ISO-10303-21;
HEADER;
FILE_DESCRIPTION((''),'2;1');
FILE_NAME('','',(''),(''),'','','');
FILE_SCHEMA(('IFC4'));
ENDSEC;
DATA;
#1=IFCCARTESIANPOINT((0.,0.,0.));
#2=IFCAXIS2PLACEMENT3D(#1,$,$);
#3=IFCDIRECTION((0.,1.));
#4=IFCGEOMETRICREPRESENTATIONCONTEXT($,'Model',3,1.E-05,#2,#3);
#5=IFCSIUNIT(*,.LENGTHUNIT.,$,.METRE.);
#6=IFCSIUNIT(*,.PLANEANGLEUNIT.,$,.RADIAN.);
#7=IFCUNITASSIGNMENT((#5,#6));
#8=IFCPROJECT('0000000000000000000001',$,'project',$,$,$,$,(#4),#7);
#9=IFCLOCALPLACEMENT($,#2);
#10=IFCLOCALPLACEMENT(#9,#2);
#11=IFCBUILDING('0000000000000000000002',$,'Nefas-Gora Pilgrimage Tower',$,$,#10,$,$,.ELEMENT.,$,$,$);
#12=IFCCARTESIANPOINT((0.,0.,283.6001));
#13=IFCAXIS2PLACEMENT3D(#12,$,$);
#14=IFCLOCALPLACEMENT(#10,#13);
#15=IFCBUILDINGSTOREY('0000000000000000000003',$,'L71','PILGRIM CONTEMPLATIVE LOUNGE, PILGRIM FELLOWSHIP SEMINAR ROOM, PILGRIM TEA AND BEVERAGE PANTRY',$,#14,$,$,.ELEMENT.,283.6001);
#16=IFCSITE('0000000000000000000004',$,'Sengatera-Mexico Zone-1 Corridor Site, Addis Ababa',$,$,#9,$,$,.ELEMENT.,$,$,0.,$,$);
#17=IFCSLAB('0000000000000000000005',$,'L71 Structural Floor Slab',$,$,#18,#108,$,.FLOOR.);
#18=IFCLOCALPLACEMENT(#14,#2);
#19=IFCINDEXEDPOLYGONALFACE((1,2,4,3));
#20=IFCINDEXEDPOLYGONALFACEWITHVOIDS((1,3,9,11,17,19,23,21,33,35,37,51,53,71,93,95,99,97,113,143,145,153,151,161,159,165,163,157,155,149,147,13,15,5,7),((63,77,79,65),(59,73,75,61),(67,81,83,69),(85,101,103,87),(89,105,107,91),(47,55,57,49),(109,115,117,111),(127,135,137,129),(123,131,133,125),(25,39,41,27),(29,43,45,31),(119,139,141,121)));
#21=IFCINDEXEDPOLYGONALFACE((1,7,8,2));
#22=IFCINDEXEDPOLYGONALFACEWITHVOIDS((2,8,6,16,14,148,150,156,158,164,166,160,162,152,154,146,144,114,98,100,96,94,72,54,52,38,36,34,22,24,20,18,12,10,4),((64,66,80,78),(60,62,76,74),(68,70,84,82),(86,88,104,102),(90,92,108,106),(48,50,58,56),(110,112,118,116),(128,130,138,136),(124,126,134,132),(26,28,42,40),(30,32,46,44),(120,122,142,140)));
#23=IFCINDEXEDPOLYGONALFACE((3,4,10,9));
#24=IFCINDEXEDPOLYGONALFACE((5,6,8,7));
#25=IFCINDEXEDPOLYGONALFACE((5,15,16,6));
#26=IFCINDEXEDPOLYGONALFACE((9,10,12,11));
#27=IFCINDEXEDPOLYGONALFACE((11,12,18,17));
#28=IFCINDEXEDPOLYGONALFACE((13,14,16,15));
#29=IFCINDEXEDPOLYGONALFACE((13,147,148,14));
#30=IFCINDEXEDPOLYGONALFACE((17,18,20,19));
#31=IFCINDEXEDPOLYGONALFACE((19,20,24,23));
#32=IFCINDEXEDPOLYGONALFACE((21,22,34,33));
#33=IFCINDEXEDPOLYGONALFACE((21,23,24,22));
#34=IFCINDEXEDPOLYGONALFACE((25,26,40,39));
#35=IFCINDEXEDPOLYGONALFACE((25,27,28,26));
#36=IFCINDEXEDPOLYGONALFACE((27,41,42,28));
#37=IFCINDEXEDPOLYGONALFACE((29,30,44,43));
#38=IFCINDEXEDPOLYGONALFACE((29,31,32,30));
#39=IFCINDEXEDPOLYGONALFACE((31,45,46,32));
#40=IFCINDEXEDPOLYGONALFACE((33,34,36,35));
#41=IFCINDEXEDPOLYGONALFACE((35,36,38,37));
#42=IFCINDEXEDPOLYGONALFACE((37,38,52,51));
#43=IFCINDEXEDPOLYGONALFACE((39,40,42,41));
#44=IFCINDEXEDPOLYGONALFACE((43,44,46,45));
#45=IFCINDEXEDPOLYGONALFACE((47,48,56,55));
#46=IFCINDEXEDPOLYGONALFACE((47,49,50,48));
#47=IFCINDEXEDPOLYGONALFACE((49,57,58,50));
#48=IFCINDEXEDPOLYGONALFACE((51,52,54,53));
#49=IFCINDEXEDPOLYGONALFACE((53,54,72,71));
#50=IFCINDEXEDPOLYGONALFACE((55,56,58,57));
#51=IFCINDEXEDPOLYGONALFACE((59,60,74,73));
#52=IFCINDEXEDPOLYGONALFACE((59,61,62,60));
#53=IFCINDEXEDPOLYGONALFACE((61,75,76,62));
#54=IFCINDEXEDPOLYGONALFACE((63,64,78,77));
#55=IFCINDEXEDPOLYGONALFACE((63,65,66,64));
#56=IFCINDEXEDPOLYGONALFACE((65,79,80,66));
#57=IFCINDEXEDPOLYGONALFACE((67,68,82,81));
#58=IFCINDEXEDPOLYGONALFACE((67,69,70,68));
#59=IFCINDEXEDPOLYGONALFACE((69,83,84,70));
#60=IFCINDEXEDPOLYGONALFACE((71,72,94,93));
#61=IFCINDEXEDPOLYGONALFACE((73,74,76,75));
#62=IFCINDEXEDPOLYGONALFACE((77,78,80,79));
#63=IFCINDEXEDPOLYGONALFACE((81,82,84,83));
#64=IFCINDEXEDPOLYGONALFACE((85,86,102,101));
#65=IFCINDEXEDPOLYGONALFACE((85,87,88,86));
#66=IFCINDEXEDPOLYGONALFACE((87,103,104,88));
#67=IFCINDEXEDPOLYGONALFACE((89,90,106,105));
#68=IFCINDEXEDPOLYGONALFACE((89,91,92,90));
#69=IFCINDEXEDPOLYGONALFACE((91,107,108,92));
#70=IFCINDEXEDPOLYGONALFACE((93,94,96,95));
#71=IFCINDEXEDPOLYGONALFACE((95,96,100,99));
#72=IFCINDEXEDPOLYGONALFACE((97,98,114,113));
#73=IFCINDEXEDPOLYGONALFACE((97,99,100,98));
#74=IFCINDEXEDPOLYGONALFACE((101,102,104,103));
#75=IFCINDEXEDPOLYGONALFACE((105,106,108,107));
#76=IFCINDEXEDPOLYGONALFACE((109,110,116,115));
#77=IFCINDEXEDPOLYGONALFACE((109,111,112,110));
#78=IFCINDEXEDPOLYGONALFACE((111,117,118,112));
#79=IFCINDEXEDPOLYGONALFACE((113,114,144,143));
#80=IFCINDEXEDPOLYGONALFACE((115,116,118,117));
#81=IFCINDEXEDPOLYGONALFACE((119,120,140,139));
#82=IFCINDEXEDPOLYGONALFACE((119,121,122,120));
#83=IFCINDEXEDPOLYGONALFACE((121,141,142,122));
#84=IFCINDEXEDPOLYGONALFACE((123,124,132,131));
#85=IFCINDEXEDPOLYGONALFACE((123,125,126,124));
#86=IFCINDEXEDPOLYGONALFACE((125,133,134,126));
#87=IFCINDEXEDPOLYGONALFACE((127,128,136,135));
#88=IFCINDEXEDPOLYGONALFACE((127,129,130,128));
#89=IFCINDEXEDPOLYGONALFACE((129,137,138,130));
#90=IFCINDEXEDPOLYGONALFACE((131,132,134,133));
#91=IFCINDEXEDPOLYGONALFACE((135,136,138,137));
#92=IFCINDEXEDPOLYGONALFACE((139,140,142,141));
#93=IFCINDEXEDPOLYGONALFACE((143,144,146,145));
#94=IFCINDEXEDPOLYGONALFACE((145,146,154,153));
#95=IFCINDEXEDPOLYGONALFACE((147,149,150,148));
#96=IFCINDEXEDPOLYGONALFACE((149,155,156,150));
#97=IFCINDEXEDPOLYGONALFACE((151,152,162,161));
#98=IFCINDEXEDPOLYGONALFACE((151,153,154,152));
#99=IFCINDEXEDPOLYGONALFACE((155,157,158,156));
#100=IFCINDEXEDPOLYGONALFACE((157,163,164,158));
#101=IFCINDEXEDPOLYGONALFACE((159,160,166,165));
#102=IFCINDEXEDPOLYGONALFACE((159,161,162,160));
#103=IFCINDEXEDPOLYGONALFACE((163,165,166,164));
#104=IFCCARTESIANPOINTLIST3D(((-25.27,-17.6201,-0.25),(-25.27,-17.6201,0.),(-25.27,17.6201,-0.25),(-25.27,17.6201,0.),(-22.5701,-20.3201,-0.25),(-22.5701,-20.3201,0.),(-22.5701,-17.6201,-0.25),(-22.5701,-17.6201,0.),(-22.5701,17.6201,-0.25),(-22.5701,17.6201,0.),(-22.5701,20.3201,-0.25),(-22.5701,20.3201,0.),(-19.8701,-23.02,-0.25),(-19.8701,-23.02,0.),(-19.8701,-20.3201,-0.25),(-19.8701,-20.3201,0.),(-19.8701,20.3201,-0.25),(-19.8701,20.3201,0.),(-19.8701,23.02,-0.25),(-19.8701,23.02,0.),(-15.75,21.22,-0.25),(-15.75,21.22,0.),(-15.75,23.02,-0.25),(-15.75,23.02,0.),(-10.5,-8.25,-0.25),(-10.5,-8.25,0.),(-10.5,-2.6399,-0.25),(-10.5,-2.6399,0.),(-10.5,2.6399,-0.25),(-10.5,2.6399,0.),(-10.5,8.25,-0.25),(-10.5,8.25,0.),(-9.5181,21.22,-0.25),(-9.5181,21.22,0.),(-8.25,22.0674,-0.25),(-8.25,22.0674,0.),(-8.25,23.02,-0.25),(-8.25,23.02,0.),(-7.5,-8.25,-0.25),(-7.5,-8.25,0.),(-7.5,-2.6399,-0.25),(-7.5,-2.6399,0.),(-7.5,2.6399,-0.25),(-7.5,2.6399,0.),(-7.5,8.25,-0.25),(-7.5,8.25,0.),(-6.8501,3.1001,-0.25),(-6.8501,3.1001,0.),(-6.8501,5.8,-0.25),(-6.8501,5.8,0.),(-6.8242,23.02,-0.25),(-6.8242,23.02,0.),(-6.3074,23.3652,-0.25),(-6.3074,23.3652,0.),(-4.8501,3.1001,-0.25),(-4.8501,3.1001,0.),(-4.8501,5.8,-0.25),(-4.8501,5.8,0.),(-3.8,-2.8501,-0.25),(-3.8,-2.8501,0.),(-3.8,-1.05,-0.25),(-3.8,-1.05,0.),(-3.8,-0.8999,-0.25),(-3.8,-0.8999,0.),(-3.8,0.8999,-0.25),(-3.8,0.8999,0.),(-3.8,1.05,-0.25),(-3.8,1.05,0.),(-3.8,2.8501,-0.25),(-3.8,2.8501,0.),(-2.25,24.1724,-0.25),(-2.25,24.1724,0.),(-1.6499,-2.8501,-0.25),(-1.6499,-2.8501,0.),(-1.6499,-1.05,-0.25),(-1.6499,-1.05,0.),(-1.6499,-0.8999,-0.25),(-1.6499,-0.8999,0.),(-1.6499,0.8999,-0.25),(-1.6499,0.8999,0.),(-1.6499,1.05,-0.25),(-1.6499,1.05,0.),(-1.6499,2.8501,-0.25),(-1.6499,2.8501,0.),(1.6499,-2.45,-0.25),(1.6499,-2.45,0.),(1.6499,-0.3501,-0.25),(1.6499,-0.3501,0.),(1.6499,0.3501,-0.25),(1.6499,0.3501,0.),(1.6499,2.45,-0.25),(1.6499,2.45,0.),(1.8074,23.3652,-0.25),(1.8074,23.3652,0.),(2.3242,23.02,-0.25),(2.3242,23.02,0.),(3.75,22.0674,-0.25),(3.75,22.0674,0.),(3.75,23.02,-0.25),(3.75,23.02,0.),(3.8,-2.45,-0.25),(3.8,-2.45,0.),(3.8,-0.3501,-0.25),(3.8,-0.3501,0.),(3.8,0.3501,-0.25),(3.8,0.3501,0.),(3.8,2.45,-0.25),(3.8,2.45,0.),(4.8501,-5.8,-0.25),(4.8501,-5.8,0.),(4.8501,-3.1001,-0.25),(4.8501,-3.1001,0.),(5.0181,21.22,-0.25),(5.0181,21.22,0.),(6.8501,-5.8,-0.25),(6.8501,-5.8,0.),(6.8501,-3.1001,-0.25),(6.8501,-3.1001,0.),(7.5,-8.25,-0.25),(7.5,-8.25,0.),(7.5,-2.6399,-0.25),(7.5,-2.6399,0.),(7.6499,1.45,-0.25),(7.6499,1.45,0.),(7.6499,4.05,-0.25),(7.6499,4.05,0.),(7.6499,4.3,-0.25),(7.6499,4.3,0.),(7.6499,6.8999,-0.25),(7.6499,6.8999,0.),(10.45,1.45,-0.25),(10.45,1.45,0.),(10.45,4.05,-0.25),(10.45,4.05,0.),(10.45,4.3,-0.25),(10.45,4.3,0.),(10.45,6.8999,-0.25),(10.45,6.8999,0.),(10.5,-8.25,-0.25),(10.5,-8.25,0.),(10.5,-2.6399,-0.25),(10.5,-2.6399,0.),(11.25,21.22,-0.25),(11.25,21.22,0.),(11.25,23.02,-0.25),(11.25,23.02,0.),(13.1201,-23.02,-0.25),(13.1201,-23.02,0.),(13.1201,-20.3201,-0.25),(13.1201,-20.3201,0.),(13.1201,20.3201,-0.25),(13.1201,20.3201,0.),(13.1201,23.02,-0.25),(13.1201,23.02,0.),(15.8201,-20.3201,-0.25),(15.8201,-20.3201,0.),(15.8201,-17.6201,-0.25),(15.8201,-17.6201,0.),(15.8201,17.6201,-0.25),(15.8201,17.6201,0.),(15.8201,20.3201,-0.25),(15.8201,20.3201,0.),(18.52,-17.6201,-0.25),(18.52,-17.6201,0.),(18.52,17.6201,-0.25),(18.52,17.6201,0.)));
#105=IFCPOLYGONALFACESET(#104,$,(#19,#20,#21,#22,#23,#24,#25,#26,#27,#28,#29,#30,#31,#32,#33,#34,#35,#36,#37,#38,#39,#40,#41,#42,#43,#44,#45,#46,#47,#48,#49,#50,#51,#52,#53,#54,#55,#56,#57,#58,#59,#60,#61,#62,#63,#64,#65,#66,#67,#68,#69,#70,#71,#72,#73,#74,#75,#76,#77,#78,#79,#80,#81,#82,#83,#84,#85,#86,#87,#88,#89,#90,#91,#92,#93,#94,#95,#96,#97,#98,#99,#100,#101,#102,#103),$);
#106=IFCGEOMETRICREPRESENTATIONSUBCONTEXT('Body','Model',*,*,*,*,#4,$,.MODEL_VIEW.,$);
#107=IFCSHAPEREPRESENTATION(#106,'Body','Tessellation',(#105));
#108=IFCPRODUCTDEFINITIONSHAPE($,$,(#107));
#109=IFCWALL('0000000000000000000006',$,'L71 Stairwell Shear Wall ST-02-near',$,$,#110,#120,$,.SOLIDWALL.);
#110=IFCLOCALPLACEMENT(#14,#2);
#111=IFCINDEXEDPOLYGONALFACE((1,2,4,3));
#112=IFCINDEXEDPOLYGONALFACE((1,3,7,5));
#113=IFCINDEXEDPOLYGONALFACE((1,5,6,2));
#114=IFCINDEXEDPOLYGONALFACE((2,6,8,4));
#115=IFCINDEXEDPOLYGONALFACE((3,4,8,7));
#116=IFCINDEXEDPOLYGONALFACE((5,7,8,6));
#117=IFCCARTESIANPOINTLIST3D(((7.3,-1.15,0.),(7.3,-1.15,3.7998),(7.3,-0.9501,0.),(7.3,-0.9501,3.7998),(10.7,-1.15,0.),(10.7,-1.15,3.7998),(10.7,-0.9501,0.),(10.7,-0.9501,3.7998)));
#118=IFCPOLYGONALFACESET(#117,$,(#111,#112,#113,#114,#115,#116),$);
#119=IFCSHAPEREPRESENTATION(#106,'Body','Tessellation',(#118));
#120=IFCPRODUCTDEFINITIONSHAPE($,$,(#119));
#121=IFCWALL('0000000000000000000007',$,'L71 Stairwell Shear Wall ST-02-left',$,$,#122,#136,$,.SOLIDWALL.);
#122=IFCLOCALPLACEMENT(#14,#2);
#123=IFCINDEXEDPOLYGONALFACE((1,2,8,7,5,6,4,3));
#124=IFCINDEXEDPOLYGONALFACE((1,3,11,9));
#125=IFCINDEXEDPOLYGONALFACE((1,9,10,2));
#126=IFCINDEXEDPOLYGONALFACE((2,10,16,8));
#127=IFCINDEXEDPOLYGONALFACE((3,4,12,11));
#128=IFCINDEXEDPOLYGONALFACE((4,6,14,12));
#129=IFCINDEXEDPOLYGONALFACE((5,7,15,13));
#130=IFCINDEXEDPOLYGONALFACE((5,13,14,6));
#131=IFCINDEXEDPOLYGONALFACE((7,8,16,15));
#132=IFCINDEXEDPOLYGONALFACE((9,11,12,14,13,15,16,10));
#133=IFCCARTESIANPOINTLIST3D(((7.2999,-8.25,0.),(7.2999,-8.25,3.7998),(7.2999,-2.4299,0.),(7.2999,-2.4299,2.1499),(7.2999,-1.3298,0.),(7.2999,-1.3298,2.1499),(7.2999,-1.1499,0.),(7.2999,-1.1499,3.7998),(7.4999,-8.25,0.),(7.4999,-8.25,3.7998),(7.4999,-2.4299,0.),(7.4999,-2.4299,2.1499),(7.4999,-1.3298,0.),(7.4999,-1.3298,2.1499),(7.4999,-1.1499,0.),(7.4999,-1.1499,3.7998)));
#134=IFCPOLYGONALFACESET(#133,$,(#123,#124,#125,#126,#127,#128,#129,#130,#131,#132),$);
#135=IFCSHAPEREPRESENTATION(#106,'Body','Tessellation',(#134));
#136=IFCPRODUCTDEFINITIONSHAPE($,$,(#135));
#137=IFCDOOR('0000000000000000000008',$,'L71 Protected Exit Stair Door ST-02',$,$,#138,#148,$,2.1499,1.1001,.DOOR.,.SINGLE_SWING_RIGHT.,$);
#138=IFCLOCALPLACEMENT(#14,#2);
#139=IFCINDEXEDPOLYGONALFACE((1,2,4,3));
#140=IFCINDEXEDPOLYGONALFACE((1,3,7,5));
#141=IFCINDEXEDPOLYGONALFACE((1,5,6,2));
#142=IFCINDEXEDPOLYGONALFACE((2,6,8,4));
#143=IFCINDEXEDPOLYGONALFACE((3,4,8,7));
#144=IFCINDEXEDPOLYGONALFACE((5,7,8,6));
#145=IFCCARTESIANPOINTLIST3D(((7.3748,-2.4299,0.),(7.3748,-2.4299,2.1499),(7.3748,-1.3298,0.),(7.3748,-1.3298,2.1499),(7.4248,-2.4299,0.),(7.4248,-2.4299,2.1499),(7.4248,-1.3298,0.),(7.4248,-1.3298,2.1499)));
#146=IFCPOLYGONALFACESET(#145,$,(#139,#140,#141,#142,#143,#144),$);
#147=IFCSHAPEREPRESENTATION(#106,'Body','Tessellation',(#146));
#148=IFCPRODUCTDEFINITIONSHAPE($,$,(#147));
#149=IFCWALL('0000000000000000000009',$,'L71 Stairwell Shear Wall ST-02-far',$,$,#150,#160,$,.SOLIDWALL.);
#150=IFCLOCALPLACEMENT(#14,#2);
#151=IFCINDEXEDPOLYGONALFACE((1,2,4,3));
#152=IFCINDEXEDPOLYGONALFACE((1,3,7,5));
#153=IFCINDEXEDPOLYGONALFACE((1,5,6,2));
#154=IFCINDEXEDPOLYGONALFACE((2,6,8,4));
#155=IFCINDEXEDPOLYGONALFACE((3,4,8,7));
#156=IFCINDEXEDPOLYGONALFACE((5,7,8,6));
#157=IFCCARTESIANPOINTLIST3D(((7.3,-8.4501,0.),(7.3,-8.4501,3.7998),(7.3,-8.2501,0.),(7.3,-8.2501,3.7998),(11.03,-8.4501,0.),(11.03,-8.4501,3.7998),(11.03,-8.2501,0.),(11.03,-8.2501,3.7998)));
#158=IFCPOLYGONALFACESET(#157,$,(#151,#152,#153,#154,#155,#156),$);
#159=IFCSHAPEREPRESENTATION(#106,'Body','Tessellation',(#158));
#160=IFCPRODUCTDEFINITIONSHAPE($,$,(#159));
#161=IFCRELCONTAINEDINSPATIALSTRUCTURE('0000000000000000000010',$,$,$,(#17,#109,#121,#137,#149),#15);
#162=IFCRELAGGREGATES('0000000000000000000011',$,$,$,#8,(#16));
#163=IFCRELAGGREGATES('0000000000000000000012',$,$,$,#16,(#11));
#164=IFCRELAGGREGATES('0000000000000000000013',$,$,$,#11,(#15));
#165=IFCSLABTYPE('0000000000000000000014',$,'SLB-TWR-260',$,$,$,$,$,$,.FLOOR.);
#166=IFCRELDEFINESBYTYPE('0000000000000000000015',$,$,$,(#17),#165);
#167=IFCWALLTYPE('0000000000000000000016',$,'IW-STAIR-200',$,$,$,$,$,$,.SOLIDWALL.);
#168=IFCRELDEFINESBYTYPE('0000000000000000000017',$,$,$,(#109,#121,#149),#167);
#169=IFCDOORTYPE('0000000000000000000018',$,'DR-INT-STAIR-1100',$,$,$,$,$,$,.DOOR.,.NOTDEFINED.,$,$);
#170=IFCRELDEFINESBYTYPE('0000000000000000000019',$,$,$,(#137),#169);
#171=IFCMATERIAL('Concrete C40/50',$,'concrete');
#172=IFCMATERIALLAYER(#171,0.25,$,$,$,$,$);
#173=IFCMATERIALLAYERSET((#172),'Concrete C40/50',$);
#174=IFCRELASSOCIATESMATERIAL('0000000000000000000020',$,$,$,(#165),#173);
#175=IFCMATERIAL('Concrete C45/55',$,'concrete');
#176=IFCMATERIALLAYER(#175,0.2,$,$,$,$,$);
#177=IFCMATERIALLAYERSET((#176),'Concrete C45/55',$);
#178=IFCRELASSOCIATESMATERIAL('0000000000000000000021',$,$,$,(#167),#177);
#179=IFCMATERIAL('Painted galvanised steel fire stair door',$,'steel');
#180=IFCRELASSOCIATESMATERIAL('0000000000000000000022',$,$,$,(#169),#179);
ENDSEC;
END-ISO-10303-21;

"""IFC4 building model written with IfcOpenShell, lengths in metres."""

from ifc_helpers import new_model, si_unit, direction, frame, frame_2d, origin, place, context, subcontext, project, spatial, polyline, rectangle, outline, extrude, source, transform, mapped, material, layer, layer_set, type_object, element, fill, save


model = new_model("IFC4")

# Units and contexts
model_context = context("Model", 3, precision=1e-05, world=origin(), true_north=direction((0.0, 1.0)))
body_context = subcontext(model_context, "Body", "Model", "MODEL_VIEW")
ifc_project = project(units=[si_unit("LENGTHUNIT", "METRE"), si_unit("PLANEANGLEUNIT", "RADIAN")], contexts=[model_context])

# Site, building, storey
site_placement = place(None, origin())
site = spatial("IfcSite", under=ifc_project, at=site_placement, Name="Sengatera-Mexico Zone-1 Corridor Site, Addis Ababa", CompositionType="ELEMENT", RefElevation=0.0)
building_placement = place(site_placement, origin())
building = spatial("IfcBuilding", under=site, at=building_placement, Name="Nefas-Gora Pilgrimage Tower", CompositionType="ELEMENT")
storey_placement = place(building_placement, frame((0.0, 0.0, 283.6001)))
storey = spatial("IfcBuildingStorey", under=building, at=storey_placement, Name="L71", Description="PILGRIM CONTEMPLATIVE LOUNGE, PILGRIM FELLOWSHIP SEMINAR ROOM, PILGRIM TEA AND BEVERAGE PANTRY", CompositionType="ELEMENT", Elevation=283.6001)

# Slab
ifc_material_1 = material(Name="Concrete C40/50", Category="concrete")
ifc_layer_1 = layer(ifc_material_1, 0.25)
ifc_layer_set_1 = layer_set([ifc_layer_1], Name="Concrete C40/50")
slab_type_1 = type_object("IfcSlabType", Name="SLB-TWR-260", PredefinedType="FLOOR", material=ifc_layer_set_1)
slab_1_placement = place(storey_placement, frame((0.0, 0.0, -0.25)))
element("IfcSlab", 1, at=slab_1_placement, inside=storey, type_object=slab_type_1, Name="L71 Structural Floor Slab", PredefinedType="FLOOR", context=body_context, shape_type="SweptSolid", body=[
    extrude(outline(polyline([(15.8201, -17.6201), (18.52, -17.6201), (18.52, 17.6201), (15.8201, 17.6201), (15.8201, 20.3201), (13.1201, 20.3201), (13.1201, 23.02), (11.25, 23.02), (11.25, 21.22), (5.0181, 21.22), (3.75, 22.0674), (3.75, 23.02), (2.3242, 23.02), (1.8074, 23.3652), (-2.25, 24.1724), (-6.3074, 23.3652), (-6.8242, 23.02), (-8.25, 23.02), (-8.25, 22.0674), (-9.5181, 21.22), (-15.75, 21.22), (-15.75, 23.02), (-19.8701, 23.02), (-19.8701, 20.3201), (-22.5701, 20.3201), (-22.5701, 17.6201), (-25.27, 17.6201), (-25.27, -17.6201), (-22.5701, -17.6201), (-22.5701, -20.3201), (-19.8701, -20.3201), (-19.8701, -23.02), (13.1201, -23.02), (13.1201, -20.3201), (15.8201, -20.3201), (15.8201, -17.6201)]), holes=[polyline([(-10.5, 2.6399), (-10.5, 8.25), (-7.5, 8.25), (-7.5, 2.6399), (-10.5, 2.6399)]), polyline([(10.5, -2.6399), (10.5, -8.25), (7.5, -8.25), (7.5, -2.6399), (10.5, -2.6399)]), polyline([(-7.5, -2.6399), (-7.5, -8.25), (-10.5, -8.25), (-10.5, -2.6399), (-7.5, -2.6399)]), polyline([(-6.8501, 5.8), (-4.8501, 5.8), (-4.8501, 3.1001), (-6.8501, 3.1001), (-6.8501, 5.8)]), polyline([(4.8501, -3.1001), (6.8501, -3.1001), (6.8501, -5.8), (4.8501, -5.8), (4.8501, -3.1001)]), polyline([(7.6499, 4.05), (10.45, 4.05), (10.45, 1.45), (7.6499, 1.45), (7.6499, 4.05)]), polyline([(7.6499, 6.8999), (10.45, 6.8999), (10.45, 4.3), (7.6499, 4.3), (7.6499, 6.8999)]), polyline([(-3.8, -1.05), (-1.6499, -1.05), (-1.6499, -2.8501), (-3.8, -2.8501), (-3.8, -1.05)]), polyline([(-3.8, 0.8999), (-1.6499, 0.8999), (-1.6499, -0.8999), (-3.8, -0.8999), (-3.8, 0.8999)]), polyline([(-3.8, 2.8501), (-1.6499, 2.8501), (-1.6499, 1.05), (-3.8, 1.05), (-3.8, 2.8501)]), polyline([(1.6499, -0.3501), (3.8, -0.3501), (3.8, -2.45), (1.6499, -2.45), (1.6499, -0.3501)]), polyline([(1.6499, 2.45), (3.8, 2.45), (3.8, 0.3501), (1.6499, 0.3501), (1.6499, 2.45)])]), origin(), (0.0, 0.0, 1.0), 0.25),
])

# Wall
ifc_material_2 = material(Name="Concrete C45/55", Category="concrete")
ifc_layer_2 = layer(ifc_material_2, 0.2)
ifc_layer_set_2 = layer_set([ifc_layer_2], Name="Concrete C45/55")
wall_type_1 = type_object("IfcWallType", Name="IW-STAIR-200", PredefinedType="SOLIDWALL", material=ifc_layer_set_2)
shared_shape_1 = source(origin(), body_context, "Body", "SweptSolid", [
    extrude(rectangle(XDim=3.3999, YDim=0.2, at=frame_2d((1.7, 0.0))), origin(), (0.0, 0.0, 1.0), 3.7998),
])
wall_1_placement = place(storey_placement, frame((7.3, -1.05, 0.0), z_axis=(0.0, 0.0, 1.0), x_axis=(1.0, 0.0, 0.0)))
element("IfcWall", 2, at=wall_1_placement, inside=storey, type_object=wall_type_1, Name="L71 Stairwell Shear Wall ST-02-near", PredefinedType="SOLIDWALL", context=body_context, shape_type="MappedRepresentation", body=[
    mapped(shared_shape_1, transform((0.0, 0.0, 0.0), x_axis=(1.0, 0.0, 0.0), y_axis=(0.0, 1.0, 0.0), z_axis=(0.0, 0.0, 1.0), scale=1.0)),
])

# Wall, opening, door
shared_shape_2 = source(origin(), body_context, "Body", "SweptSolid", [
    extrude(rectangle(XDim=7.1001, YDim=0.2, at=frame_2d((3.55, 0.0))), origin(), (0.0, 0.0, 1.0), 3.7998),
])
wall_2_placement = place(storey_placement, frame((7.3999, -1.1499, 0.0), z_axis=(0.0, 0.0, 1.0), x_axis=(0.0, -1.0, 0.0)))
wall_2 = element("IfcWall", 3, at=wall_2_placement, inside=storey, type_object=wall_type_1, Name="L71 Stairwell Shear Wall ST-02-left", PredefinedType="SOLIDWALL", context=body_context, shape_type="MappedRepresentation", body=[
    mapped(shared_shape_2, transform((0.0, 0.0, 0.0), x_axis=(1.0, 0.0, 0.0), y_axis=(0.0, 1.0, 0.0), z_axis=(0.0, 0.0, 1.0), scale=1.0)),
])
opening_1_placement = place(wall_2_placement, frame((0.1799, 0.0, 0.0)))
opening_1 = element("IfcOpeningElement", 4, at=opening_1_placement, cuts=wall_2, PredefinedType="OPENING", context=body_context, shape_type="SweptSolid", body=[
    extrude(rectangle(XDim=1.1001, YDim=2.1499, at=frame_2d((0.55, 1.075))), frame((0.0, 0.1099, 0.0), z_axis=(0.0, -1.0, 0.0), x_axis=(1.0, 0.0, 0.0)), (0.0, 0.0, 1.0), 0.22),
])
ifc_material_3 = material(Name="Painted galvanised steel fire stair door", Category="steel")
door_type_1 = type_object("IfcDoorType", Name="DR-INT-STAIR-1100", OperationType="NOTDEFINED", PredefinedType="DOOR", material=ifc_material_3)
shared_shape_3 = source(origin(), body_context, "Body", "SweptSolid", [
    extrude(rectangle(XDim=1.1001, YDim=2.1499, at=frame_2d((0.55, 1.075))), frame((0.0, 0.0249, 0.0), z_axis=(0.0, -1.0, 0.0), x_axis=(1.0, 0.0, 0.0)), (0.0, 0.0, 1.0), 0.05),
])
door_1_placement = place(opening_1_placement, origin())
door_1 = element("IfcDoor", 5, at=door_1_placement, inside=storey, type_object=door_type_1, Name="L71 Protected Exit Stair Door ST-02", OperationType="SINGLE_SWING_RIGHT", OverallHeight=2.1499, OverallWidth=1.1001, PredefinedType="DOOR", context=body_context, shape_type="MappedRepresentation", body=[
    mapped(shared_shape_3, transform((0.0, 0.0, 0.0), x_axis=(1.0, 0.0, 0.0), y_axis=(0.0, 1.0, 0.0), z_axis=(0.0, 0.0, 1.0), scale=1.0)),
])
fill(opening_1, door_1)

# Wall
shared_shape_4 = source(origin(), body_context, "Body", "SweptSolid", [
    extrude(rectangle(XDim=3.73, YDim=0.2, at=frame_2d((1.865, 0.0))), origin(), (0.0, 0.0, 1.0), 3.7998),
])
wall_3_placement = place(storey_placement, frame((7.3, -8.3501, 0.0), z_axis=(0.0, 0.0, 1.0), x_axis=(1.0, 0.0, 0.0)))
element("IfcWall", 6, at=wall_3_placement, inside=storey, type_object=wall_type_1, Name="L71 Stairwell Shear Wall ST-02-far", PredefinedType="SOLIDWALL", context=body_context, shape_type="MappedRepresentation", body=[
    mapped(shared_shape_4, transform((0.0, 0.0, 0.0), x_axis=(1.0, 0.0, 0.0), y_axis=(0.0, 1.0, 0.0), z_axis=(0.0, 0.0, 1.0), scale=1.0)),
])

save(model, "model.ifc")
